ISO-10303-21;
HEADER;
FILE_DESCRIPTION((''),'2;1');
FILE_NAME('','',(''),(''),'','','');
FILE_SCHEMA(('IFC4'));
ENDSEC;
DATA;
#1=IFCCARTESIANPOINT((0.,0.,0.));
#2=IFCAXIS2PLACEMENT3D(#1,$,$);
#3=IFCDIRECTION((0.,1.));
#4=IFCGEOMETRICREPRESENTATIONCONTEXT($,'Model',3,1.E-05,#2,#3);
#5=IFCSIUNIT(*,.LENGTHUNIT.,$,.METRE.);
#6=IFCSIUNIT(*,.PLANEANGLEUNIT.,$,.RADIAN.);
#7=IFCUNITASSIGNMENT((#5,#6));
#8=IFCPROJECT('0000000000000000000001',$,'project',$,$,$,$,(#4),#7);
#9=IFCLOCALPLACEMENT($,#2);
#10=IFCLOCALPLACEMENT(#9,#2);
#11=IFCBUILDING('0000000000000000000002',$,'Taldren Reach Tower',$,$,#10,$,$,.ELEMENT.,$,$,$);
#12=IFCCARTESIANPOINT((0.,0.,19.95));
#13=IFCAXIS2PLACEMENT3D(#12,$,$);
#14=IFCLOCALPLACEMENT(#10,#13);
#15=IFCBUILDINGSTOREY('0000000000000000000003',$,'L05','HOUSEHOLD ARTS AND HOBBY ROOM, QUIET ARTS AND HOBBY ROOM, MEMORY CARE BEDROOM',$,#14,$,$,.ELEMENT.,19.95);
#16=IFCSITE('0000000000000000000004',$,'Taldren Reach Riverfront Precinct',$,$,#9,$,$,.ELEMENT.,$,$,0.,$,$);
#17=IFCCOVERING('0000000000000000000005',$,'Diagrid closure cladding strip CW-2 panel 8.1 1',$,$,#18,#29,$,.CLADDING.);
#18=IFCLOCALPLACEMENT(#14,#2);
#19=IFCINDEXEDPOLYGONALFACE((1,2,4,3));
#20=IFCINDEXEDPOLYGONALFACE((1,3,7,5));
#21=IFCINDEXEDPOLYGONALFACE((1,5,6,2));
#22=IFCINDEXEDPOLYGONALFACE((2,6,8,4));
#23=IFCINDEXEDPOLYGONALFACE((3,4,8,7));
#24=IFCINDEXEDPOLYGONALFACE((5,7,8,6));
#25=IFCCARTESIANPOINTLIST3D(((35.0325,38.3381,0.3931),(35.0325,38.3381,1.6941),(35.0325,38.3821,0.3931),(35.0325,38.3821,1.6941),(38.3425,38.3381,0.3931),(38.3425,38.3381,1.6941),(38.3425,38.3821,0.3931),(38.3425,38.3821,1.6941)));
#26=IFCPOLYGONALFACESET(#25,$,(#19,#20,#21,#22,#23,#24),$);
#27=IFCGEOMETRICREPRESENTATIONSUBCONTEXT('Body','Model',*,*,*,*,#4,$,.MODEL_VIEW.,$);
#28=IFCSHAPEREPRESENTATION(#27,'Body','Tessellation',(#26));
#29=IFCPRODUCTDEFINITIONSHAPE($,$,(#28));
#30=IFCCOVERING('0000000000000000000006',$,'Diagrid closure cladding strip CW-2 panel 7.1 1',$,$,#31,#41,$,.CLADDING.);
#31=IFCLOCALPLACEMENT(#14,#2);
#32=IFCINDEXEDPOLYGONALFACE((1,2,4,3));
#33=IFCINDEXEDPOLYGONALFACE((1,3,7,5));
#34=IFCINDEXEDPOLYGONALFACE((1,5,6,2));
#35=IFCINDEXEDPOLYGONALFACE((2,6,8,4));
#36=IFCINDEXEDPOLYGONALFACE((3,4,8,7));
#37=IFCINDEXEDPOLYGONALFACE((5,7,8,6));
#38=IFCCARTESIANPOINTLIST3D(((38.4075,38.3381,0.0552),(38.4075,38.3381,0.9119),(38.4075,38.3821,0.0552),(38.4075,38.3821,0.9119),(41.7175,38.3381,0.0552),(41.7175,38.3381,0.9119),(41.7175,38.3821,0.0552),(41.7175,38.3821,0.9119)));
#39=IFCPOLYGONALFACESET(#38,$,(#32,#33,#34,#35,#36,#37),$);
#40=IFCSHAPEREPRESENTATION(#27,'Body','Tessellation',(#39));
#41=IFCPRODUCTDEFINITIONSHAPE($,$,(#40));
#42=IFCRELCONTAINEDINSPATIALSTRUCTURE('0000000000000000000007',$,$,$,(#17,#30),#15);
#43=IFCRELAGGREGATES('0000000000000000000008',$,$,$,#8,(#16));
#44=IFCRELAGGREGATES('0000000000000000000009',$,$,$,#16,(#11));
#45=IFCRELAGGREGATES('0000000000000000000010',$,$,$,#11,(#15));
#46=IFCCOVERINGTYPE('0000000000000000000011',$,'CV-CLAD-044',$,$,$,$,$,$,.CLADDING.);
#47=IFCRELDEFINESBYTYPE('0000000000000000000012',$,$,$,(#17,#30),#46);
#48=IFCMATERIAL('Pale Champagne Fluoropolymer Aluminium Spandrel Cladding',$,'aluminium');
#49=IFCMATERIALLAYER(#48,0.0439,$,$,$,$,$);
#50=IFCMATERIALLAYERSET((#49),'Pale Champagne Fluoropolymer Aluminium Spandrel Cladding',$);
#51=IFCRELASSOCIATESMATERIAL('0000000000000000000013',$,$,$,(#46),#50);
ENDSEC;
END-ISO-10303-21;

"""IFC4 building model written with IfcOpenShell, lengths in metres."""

from ifc_helpers import new_model, si_unit, direction, frame, origin, origin_2d, place, context, subcontext, project, spatial, rectangle, extrude, source, transform, mapped, material, layer, layer_set, type_object, element, save


model = new_model("IFC4")

# Units and contexts
model_context = context("Model", 3, precision=1e-05, world=origin(), true_north=direction((0.0, 1.0)))
body_context = subcontext(model_context, "Body", "Model", "MODEL_VIEW")
ifc_project = project(units=[si_unit("LENGTHUNIT", "METRE"), si_unit("PLANEANGLEUNIT", "RADIAN")], contexts=[model_context])

# Site, building, storey
site_placement = place(None, origin())
site = spatial("IfcSite", under=ifc_project, at=site_placement, Name="Taldren Reach Riverfront Precinct", CompositionType="ELEMENT", RefElevation=0.0)
building_placement = place(site_placement, origin())
building = spatial("IfcBuilding", under=site, at=building_placement, Name="Taldren Reach Tower", CompositionType="ELEMENT")
storey_placement = place(building_placement, frame((0.0, 0.0, 19.95)))
storey = spatial("IfcBuildingStorey", under=building, at=storey_placement, Name="L05", Description="HOUSEHOLD ARTS AND HOBBY ROOM, QUIET ARTS AND HOBBY ROOM, MEMORY CARE BEDROOM", CompositionType="ELEMENT", Elevation=19.95)

# Coverings
ifc_material_1 = material(Name="Pale Champagne Fluoropolymer Aluminium Spandrel Cladding", Category="aluminium")
ifc_layer_1 = layer(ifc_material_1, 0.0439)
ifc_layer_set_1 = layer_set([ifc_layer_1], Name="Pale Champagne Fluoropolymer Aluminium Spandrel Cladding")
covering_type = type_object("IfcCoveringType", Name="CV-CLAD-044", PredefinedType="CLADDING", material=ifc_layer_set_1)
shared_shape_1 = source(origin(), body_context, "Body", "SweptSolid", [
    extrude(rectangle(XDim=3.3101, YDim=0.0439, at=origin_2d()), origin(), (0.0, 0.0, 1.0), 1.301),
])
covering_1_placement = place(storey_placement, frame((36.6875, 38.3601, 0.3931), z_axis=(0.0, 0.0, 1.0), x_axis=(-1.0, 0.0, 0.0)))
element("IfcCovering", 1, at=covering_1_placement, inside=storey, type_object=covering_type, Name="Diagrid closure cladding strip CW-2 panel 8.1 1", PredefinedType="CLADDING", context=body_context, shape_type="MappedRepresentation", body=[
    mapped(shared_shape_1, transform((0.0, 0.0, 0.0), scale=1.0)),
])
shared_shape_2 = source(origin(), body_context, "Body", "SweptSolid", [
    extrude(rectangle(XDim=3.3101, YDim=0.0439, at=origin_2d()), origin(), (0.0, 0.0, 1.0), 0.8567),
])
covering_2_placement = place(storey_placement, frame((40.0625, 38.3601, 0.0552), z_axis=(0.0, 0.0, 1.0), x_axis=(-1.0, 0.0, 0.0)))
element("IfcCovering", 2, at=covering_2_placement, inside=storey, type_object=covering_type, Name="Diagrid closure cladding strip CW-2 panel 7.1 1", PredefinedType="CLADDING", context=body_context, shape_type="MappedRepresentation", body=[
    mapped(shared_shape_2, transform((0.0, 0.0, 0.0), scale=1.0)),
])

save(model, "model.ifc")
